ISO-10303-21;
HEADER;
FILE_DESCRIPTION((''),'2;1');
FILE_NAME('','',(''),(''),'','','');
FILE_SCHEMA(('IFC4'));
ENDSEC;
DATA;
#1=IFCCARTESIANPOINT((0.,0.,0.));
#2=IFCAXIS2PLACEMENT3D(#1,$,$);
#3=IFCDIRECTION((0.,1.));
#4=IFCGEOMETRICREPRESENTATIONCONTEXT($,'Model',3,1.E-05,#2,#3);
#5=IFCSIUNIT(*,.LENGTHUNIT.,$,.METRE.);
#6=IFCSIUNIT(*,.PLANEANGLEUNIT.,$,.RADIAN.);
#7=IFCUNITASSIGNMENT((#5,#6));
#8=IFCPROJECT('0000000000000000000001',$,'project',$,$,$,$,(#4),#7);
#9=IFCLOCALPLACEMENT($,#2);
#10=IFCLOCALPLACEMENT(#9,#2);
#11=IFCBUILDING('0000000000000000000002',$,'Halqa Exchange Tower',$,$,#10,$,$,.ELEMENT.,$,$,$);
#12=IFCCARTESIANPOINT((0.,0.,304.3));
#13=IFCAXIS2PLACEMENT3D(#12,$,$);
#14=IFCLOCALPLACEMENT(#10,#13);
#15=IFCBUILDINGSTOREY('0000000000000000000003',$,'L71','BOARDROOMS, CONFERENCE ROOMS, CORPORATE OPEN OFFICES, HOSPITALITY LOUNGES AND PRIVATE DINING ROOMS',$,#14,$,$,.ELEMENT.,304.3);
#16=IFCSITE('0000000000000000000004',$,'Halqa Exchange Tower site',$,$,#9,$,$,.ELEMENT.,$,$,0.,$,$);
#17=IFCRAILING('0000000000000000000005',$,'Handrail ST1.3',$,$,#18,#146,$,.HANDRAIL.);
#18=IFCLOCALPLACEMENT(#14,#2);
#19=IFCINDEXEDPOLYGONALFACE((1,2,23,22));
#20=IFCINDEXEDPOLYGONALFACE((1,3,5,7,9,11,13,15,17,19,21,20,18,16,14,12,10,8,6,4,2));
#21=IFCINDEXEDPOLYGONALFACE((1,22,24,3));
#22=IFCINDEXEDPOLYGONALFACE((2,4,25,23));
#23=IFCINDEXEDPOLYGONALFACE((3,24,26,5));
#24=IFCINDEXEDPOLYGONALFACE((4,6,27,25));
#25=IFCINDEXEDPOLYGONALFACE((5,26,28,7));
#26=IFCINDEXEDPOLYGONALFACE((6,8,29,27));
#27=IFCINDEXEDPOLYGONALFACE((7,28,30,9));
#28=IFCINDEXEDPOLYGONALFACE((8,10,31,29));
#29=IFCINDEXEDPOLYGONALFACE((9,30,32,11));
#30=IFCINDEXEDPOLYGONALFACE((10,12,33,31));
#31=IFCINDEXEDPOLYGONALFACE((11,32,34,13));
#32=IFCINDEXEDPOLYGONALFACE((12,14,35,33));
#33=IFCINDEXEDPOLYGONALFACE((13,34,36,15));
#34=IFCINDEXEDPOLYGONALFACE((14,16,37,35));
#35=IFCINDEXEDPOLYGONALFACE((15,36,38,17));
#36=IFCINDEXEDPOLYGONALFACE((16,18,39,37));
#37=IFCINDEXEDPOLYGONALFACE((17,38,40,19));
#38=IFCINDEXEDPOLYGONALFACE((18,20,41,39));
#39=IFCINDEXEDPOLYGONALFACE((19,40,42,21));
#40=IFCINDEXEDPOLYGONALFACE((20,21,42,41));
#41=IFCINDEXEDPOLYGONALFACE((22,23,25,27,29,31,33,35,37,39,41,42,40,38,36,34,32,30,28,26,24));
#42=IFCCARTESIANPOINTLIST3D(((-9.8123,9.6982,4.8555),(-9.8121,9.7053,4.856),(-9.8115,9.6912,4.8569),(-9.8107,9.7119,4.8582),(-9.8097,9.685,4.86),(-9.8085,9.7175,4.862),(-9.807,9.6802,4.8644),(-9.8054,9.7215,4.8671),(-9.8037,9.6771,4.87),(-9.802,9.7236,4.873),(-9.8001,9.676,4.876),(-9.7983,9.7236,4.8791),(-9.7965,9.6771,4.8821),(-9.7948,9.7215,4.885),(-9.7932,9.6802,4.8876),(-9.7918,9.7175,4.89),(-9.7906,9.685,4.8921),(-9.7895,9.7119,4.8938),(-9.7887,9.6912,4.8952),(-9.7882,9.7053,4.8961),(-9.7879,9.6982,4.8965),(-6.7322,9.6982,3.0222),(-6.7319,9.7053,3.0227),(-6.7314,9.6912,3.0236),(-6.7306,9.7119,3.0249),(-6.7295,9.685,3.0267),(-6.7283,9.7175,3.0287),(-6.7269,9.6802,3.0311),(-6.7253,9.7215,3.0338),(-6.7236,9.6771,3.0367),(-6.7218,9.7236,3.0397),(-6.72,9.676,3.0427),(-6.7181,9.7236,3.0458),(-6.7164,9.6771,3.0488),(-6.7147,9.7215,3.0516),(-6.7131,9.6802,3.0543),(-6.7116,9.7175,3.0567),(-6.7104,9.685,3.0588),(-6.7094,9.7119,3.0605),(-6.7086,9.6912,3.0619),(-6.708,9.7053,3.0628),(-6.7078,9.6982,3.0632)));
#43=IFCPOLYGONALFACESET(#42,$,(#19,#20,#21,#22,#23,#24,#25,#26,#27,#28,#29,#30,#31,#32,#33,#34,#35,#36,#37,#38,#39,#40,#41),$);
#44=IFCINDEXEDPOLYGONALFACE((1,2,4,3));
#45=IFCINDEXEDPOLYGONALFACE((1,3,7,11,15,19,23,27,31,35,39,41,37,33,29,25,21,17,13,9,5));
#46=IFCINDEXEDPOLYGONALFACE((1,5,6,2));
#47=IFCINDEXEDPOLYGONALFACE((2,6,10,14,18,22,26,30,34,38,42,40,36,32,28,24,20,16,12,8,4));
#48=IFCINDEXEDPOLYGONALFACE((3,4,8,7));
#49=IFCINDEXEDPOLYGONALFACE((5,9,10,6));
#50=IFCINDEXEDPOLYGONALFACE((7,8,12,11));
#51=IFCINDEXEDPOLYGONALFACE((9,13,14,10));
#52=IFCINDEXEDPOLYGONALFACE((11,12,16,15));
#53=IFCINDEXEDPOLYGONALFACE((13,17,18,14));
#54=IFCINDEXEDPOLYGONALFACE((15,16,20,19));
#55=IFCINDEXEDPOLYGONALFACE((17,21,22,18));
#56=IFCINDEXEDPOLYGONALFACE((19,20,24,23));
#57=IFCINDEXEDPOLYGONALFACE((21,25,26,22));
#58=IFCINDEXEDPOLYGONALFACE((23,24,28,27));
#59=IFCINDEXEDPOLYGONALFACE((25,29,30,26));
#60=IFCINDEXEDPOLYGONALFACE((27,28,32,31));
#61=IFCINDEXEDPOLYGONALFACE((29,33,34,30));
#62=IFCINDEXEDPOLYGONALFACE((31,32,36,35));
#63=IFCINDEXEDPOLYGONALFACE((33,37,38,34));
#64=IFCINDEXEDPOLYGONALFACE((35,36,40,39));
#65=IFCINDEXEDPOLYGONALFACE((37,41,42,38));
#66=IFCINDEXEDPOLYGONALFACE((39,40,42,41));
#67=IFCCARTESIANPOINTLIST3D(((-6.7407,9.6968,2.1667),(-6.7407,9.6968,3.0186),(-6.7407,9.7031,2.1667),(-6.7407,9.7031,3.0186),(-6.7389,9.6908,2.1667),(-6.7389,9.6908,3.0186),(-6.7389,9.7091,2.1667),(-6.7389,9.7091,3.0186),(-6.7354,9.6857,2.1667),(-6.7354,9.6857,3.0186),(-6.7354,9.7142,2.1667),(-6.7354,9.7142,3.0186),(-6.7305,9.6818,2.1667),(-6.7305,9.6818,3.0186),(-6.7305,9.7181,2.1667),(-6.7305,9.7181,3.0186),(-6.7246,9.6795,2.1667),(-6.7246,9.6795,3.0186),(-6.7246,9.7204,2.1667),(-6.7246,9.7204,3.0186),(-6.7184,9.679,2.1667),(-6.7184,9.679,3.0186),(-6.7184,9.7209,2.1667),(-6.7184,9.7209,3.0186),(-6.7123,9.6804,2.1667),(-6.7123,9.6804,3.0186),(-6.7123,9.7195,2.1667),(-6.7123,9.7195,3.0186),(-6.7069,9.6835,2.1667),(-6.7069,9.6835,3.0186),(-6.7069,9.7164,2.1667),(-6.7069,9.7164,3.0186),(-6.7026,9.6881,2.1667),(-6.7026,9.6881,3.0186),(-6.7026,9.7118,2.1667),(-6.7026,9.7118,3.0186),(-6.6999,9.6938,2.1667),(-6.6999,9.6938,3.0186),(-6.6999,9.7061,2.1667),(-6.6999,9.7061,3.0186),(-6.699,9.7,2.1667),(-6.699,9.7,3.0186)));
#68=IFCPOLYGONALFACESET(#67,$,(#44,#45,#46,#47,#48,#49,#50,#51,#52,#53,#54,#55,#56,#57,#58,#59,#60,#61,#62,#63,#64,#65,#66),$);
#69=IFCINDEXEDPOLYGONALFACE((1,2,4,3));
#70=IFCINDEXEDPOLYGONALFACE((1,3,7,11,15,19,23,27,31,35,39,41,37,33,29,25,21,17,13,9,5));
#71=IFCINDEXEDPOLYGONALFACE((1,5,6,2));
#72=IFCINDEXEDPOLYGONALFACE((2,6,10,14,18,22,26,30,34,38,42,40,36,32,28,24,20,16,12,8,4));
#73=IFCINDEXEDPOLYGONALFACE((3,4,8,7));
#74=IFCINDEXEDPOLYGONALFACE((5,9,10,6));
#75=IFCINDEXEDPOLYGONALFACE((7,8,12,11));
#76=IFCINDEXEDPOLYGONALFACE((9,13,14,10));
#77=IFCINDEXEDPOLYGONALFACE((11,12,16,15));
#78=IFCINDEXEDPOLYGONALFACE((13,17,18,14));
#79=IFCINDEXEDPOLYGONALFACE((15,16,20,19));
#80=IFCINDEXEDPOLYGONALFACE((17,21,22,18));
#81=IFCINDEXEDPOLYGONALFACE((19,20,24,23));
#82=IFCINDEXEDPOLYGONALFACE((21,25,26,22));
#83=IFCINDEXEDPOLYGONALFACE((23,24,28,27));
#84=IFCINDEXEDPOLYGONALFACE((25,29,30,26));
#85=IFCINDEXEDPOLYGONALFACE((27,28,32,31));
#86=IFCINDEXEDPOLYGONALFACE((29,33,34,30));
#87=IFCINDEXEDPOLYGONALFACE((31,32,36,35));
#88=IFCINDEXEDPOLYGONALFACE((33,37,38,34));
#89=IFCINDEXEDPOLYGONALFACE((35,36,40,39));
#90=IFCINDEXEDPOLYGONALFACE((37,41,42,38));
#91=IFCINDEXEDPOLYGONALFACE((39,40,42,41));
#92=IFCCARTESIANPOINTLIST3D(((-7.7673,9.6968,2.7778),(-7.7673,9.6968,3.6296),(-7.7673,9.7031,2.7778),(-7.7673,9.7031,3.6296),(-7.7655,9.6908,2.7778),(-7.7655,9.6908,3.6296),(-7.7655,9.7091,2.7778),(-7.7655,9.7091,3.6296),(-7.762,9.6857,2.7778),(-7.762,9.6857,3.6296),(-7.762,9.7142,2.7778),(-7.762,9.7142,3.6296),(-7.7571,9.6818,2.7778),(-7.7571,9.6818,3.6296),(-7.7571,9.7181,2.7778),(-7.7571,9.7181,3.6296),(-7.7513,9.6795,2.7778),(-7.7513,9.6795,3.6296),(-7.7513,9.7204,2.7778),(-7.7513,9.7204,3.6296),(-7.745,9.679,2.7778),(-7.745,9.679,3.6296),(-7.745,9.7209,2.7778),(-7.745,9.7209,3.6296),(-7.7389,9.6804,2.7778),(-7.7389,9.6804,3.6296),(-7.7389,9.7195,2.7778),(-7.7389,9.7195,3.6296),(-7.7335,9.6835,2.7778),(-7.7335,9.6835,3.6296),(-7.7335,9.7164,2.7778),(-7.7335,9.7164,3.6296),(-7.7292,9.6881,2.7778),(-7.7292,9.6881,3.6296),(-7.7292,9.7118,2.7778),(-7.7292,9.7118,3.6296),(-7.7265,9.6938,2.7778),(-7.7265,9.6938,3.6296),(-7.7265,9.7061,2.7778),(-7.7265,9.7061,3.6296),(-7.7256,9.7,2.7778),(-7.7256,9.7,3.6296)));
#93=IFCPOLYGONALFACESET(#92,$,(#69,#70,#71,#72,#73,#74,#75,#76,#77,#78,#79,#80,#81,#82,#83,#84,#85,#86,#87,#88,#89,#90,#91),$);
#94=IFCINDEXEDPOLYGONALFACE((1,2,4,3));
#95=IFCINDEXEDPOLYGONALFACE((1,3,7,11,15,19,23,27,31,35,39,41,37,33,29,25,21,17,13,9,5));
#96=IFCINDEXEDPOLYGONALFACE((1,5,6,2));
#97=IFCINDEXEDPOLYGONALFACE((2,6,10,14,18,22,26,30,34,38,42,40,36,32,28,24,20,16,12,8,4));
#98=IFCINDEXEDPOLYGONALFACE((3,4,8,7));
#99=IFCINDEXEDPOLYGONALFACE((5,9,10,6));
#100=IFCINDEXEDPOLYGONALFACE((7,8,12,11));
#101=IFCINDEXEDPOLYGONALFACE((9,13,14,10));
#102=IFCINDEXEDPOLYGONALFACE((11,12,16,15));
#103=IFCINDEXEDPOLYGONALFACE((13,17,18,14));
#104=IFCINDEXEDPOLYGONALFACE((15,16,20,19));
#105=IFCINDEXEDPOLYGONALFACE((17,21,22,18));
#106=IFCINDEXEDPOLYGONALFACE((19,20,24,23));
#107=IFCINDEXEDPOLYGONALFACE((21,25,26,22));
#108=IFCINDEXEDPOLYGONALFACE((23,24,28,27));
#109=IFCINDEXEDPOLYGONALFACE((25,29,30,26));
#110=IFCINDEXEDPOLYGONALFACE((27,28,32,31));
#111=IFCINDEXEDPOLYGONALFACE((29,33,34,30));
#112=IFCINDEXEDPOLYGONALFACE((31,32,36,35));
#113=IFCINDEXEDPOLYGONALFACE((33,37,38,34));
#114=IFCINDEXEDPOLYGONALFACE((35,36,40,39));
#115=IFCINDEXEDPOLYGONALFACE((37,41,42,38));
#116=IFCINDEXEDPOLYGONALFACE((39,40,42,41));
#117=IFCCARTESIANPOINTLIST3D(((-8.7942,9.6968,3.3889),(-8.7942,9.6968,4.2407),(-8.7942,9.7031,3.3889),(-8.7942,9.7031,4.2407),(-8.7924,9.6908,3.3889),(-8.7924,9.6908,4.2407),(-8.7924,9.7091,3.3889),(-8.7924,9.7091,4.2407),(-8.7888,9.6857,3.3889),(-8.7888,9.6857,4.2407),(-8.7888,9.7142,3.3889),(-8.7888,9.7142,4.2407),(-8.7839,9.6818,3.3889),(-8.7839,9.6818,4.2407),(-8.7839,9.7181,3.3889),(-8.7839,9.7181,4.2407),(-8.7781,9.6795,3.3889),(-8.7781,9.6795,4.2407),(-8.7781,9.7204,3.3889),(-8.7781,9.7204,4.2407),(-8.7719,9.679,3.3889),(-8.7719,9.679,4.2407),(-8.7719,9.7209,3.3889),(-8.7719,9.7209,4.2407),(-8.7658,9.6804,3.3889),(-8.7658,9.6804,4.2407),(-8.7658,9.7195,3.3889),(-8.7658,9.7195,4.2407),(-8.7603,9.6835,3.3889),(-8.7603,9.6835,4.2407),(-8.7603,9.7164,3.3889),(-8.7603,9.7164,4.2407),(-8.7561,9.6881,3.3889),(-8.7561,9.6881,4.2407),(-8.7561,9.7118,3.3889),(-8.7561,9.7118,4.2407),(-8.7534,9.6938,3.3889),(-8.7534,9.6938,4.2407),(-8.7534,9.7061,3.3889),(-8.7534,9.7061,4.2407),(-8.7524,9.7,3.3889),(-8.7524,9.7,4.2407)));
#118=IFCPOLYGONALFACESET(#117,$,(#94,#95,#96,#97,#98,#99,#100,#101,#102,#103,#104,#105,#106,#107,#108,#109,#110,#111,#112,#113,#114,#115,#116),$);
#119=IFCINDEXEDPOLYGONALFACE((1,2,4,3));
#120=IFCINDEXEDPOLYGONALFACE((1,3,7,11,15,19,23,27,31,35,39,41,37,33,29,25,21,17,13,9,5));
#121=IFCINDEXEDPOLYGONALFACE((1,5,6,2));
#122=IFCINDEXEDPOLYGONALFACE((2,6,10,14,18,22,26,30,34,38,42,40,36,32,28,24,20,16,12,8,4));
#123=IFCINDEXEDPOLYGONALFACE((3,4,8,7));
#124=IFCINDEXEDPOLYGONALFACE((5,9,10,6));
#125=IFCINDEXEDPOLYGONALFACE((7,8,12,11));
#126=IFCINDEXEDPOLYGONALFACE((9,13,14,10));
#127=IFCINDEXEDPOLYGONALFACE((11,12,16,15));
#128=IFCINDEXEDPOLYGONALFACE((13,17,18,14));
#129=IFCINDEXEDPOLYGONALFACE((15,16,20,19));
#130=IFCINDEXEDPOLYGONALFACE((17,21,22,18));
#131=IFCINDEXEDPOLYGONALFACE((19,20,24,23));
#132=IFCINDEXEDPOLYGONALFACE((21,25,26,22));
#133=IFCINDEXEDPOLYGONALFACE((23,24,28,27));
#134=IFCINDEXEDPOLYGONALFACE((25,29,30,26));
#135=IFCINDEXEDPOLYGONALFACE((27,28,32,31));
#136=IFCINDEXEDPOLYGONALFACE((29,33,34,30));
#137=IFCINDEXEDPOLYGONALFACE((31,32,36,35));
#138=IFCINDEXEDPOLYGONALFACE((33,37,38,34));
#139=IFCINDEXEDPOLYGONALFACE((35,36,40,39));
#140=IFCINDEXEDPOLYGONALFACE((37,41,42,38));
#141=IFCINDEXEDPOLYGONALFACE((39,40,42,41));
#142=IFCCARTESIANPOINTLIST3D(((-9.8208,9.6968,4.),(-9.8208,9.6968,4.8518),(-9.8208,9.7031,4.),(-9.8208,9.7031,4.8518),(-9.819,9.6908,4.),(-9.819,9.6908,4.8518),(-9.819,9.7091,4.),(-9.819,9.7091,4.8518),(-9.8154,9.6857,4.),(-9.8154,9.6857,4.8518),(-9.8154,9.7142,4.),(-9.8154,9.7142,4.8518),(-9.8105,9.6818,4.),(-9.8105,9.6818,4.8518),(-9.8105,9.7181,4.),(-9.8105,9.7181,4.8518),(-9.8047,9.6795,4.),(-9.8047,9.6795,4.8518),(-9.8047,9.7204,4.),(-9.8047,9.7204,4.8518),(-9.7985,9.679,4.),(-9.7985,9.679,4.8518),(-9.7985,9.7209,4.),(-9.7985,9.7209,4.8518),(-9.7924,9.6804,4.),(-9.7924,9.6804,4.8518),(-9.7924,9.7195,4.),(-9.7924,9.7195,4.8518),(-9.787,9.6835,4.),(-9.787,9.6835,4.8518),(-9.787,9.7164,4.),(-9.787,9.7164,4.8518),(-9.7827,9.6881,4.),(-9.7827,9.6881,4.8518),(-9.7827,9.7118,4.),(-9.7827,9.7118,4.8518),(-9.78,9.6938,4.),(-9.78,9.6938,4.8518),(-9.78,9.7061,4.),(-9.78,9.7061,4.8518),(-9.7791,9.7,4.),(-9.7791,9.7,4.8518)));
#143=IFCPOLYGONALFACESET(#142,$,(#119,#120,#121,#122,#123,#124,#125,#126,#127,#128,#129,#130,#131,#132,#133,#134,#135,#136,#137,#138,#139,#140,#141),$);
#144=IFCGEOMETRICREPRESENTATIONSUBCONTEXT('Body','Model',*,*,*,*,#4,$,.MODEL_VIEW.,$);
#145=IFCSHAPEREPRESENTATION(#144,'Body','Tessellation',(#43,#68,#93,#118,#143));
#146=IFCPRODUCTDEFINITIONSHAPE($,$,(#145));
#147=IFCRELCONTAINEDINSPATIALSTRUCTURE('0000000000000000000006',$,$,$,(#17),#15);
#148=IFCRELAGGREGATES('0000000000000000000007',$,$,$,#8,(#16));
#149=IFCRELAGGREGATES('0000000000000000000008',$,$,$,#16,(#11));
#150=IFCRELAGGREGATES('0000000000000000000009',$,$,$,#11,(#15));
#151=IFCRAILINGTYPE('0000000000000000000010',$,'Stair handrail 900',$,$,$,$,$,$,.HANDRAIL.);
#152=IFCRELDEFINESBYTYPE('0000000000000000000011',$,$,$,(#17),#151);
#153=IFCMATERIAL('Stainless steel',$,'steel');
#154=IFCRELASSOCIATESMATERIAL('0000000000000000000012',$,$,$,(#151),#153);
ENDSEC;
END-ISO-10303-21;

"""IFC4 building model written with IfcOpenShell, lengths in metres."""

from ifc_helpers import new_model, si_unit, direction, frame, origin, origin_2d, place, context, subcontext, project, spatial, circle, extrude, material, type_object, element, save


model = new_model("IFC4")

# Units and contexts
model_context = context("Model", 3, precision=1e-05, world=origin(), true_north=direction((0.0, 1.0)))
body_context = subcontext(model_context, "Body", "Model", "MODEL_VIEW")
ifc_project = project(units=[si_unit("LENGTHUNIT", "METRE"), si_unit("PLANEANGLEUNIT", "RADIAN")], contexts=[model_context])

# Site, building, storey
site_placement = place(None, origin())
site = spatial("IfcSite", under=ifc_project, at=site_placement, Name="Halqa Exchange Tower site", CompositionType="ELEMENT", RefElevation=0.0)
building_placement = place(site_placement, origin())
building = spatial("IfcBuilding", under=site, at=building_placement, Name="Halqa Exchange Tower", CompositionType="ELEMENT")
storey_placement = place(building_placement, frame((0.0, 0.0, 304.3)))
storey = spatial("IfcBuildingStorey", under=building, at=storey_placement, Name="L71", Description="BOARDROOMS, CONFERENCE ROOMS, CORPORATE OPEN OFFICES, HOSPITALITY LOUNGES AND PRIVATE DINING ROOMS", CompositionType="ELEMENT", Elevation=304.3)

# Railing
ifc_material_1 = material(Name="Stainless steel", Category="steel")
railing_type_1 = type_object("IfcRailingType", Name="Stair handrail 900", PredefinedType="HANDRAIL", material=ifc_material_1)
railing_1_placement = place(storey_placement, frame((-6.72, 9.7, 2.1667)))
element("IfcRailing", 1, at=railing_1_placement, inside=storey, type_object=railing_type_1, Name="Handrail ST1.3", PredefinedType="HANDRAIL", context=body_context, shape_type="SweptSolid", body=[
    extrude(circle(Radius=0.0239, at=origin_2d()), frame((0.0, 0.0, 0.876), z_axis=(-0.859309, 0.0, 0.511458), x_axis=(0.0, -1.0, 0.0)), (0.0, 0.0, 1.0), 3.5845),
    extrude(circle(Radius=0.021, at=origin_2d()), origin(), (0.0, 0.0, 1.0), 0.8518),
    extrude(circle(Radius=0.021, at=origin_2d()), frame((-1.0266, 0.0, 0.6111)), (0.0, 0.0, 1.0), 0.8518),
    extrude(circle(Radius=0.021, at=origin_2d()), frame((-2.0535, 0.0, 1.2222)), (0.0, 0.0, 1.0), 0.8518),
    extrude(circle(Radius=0.021, at=origin_2d()), frame((-3.0801, 0.0, 1.8333)), (0.0, 0.0, 1.0), 0.8518),
])

save(model, "model.ifc")
